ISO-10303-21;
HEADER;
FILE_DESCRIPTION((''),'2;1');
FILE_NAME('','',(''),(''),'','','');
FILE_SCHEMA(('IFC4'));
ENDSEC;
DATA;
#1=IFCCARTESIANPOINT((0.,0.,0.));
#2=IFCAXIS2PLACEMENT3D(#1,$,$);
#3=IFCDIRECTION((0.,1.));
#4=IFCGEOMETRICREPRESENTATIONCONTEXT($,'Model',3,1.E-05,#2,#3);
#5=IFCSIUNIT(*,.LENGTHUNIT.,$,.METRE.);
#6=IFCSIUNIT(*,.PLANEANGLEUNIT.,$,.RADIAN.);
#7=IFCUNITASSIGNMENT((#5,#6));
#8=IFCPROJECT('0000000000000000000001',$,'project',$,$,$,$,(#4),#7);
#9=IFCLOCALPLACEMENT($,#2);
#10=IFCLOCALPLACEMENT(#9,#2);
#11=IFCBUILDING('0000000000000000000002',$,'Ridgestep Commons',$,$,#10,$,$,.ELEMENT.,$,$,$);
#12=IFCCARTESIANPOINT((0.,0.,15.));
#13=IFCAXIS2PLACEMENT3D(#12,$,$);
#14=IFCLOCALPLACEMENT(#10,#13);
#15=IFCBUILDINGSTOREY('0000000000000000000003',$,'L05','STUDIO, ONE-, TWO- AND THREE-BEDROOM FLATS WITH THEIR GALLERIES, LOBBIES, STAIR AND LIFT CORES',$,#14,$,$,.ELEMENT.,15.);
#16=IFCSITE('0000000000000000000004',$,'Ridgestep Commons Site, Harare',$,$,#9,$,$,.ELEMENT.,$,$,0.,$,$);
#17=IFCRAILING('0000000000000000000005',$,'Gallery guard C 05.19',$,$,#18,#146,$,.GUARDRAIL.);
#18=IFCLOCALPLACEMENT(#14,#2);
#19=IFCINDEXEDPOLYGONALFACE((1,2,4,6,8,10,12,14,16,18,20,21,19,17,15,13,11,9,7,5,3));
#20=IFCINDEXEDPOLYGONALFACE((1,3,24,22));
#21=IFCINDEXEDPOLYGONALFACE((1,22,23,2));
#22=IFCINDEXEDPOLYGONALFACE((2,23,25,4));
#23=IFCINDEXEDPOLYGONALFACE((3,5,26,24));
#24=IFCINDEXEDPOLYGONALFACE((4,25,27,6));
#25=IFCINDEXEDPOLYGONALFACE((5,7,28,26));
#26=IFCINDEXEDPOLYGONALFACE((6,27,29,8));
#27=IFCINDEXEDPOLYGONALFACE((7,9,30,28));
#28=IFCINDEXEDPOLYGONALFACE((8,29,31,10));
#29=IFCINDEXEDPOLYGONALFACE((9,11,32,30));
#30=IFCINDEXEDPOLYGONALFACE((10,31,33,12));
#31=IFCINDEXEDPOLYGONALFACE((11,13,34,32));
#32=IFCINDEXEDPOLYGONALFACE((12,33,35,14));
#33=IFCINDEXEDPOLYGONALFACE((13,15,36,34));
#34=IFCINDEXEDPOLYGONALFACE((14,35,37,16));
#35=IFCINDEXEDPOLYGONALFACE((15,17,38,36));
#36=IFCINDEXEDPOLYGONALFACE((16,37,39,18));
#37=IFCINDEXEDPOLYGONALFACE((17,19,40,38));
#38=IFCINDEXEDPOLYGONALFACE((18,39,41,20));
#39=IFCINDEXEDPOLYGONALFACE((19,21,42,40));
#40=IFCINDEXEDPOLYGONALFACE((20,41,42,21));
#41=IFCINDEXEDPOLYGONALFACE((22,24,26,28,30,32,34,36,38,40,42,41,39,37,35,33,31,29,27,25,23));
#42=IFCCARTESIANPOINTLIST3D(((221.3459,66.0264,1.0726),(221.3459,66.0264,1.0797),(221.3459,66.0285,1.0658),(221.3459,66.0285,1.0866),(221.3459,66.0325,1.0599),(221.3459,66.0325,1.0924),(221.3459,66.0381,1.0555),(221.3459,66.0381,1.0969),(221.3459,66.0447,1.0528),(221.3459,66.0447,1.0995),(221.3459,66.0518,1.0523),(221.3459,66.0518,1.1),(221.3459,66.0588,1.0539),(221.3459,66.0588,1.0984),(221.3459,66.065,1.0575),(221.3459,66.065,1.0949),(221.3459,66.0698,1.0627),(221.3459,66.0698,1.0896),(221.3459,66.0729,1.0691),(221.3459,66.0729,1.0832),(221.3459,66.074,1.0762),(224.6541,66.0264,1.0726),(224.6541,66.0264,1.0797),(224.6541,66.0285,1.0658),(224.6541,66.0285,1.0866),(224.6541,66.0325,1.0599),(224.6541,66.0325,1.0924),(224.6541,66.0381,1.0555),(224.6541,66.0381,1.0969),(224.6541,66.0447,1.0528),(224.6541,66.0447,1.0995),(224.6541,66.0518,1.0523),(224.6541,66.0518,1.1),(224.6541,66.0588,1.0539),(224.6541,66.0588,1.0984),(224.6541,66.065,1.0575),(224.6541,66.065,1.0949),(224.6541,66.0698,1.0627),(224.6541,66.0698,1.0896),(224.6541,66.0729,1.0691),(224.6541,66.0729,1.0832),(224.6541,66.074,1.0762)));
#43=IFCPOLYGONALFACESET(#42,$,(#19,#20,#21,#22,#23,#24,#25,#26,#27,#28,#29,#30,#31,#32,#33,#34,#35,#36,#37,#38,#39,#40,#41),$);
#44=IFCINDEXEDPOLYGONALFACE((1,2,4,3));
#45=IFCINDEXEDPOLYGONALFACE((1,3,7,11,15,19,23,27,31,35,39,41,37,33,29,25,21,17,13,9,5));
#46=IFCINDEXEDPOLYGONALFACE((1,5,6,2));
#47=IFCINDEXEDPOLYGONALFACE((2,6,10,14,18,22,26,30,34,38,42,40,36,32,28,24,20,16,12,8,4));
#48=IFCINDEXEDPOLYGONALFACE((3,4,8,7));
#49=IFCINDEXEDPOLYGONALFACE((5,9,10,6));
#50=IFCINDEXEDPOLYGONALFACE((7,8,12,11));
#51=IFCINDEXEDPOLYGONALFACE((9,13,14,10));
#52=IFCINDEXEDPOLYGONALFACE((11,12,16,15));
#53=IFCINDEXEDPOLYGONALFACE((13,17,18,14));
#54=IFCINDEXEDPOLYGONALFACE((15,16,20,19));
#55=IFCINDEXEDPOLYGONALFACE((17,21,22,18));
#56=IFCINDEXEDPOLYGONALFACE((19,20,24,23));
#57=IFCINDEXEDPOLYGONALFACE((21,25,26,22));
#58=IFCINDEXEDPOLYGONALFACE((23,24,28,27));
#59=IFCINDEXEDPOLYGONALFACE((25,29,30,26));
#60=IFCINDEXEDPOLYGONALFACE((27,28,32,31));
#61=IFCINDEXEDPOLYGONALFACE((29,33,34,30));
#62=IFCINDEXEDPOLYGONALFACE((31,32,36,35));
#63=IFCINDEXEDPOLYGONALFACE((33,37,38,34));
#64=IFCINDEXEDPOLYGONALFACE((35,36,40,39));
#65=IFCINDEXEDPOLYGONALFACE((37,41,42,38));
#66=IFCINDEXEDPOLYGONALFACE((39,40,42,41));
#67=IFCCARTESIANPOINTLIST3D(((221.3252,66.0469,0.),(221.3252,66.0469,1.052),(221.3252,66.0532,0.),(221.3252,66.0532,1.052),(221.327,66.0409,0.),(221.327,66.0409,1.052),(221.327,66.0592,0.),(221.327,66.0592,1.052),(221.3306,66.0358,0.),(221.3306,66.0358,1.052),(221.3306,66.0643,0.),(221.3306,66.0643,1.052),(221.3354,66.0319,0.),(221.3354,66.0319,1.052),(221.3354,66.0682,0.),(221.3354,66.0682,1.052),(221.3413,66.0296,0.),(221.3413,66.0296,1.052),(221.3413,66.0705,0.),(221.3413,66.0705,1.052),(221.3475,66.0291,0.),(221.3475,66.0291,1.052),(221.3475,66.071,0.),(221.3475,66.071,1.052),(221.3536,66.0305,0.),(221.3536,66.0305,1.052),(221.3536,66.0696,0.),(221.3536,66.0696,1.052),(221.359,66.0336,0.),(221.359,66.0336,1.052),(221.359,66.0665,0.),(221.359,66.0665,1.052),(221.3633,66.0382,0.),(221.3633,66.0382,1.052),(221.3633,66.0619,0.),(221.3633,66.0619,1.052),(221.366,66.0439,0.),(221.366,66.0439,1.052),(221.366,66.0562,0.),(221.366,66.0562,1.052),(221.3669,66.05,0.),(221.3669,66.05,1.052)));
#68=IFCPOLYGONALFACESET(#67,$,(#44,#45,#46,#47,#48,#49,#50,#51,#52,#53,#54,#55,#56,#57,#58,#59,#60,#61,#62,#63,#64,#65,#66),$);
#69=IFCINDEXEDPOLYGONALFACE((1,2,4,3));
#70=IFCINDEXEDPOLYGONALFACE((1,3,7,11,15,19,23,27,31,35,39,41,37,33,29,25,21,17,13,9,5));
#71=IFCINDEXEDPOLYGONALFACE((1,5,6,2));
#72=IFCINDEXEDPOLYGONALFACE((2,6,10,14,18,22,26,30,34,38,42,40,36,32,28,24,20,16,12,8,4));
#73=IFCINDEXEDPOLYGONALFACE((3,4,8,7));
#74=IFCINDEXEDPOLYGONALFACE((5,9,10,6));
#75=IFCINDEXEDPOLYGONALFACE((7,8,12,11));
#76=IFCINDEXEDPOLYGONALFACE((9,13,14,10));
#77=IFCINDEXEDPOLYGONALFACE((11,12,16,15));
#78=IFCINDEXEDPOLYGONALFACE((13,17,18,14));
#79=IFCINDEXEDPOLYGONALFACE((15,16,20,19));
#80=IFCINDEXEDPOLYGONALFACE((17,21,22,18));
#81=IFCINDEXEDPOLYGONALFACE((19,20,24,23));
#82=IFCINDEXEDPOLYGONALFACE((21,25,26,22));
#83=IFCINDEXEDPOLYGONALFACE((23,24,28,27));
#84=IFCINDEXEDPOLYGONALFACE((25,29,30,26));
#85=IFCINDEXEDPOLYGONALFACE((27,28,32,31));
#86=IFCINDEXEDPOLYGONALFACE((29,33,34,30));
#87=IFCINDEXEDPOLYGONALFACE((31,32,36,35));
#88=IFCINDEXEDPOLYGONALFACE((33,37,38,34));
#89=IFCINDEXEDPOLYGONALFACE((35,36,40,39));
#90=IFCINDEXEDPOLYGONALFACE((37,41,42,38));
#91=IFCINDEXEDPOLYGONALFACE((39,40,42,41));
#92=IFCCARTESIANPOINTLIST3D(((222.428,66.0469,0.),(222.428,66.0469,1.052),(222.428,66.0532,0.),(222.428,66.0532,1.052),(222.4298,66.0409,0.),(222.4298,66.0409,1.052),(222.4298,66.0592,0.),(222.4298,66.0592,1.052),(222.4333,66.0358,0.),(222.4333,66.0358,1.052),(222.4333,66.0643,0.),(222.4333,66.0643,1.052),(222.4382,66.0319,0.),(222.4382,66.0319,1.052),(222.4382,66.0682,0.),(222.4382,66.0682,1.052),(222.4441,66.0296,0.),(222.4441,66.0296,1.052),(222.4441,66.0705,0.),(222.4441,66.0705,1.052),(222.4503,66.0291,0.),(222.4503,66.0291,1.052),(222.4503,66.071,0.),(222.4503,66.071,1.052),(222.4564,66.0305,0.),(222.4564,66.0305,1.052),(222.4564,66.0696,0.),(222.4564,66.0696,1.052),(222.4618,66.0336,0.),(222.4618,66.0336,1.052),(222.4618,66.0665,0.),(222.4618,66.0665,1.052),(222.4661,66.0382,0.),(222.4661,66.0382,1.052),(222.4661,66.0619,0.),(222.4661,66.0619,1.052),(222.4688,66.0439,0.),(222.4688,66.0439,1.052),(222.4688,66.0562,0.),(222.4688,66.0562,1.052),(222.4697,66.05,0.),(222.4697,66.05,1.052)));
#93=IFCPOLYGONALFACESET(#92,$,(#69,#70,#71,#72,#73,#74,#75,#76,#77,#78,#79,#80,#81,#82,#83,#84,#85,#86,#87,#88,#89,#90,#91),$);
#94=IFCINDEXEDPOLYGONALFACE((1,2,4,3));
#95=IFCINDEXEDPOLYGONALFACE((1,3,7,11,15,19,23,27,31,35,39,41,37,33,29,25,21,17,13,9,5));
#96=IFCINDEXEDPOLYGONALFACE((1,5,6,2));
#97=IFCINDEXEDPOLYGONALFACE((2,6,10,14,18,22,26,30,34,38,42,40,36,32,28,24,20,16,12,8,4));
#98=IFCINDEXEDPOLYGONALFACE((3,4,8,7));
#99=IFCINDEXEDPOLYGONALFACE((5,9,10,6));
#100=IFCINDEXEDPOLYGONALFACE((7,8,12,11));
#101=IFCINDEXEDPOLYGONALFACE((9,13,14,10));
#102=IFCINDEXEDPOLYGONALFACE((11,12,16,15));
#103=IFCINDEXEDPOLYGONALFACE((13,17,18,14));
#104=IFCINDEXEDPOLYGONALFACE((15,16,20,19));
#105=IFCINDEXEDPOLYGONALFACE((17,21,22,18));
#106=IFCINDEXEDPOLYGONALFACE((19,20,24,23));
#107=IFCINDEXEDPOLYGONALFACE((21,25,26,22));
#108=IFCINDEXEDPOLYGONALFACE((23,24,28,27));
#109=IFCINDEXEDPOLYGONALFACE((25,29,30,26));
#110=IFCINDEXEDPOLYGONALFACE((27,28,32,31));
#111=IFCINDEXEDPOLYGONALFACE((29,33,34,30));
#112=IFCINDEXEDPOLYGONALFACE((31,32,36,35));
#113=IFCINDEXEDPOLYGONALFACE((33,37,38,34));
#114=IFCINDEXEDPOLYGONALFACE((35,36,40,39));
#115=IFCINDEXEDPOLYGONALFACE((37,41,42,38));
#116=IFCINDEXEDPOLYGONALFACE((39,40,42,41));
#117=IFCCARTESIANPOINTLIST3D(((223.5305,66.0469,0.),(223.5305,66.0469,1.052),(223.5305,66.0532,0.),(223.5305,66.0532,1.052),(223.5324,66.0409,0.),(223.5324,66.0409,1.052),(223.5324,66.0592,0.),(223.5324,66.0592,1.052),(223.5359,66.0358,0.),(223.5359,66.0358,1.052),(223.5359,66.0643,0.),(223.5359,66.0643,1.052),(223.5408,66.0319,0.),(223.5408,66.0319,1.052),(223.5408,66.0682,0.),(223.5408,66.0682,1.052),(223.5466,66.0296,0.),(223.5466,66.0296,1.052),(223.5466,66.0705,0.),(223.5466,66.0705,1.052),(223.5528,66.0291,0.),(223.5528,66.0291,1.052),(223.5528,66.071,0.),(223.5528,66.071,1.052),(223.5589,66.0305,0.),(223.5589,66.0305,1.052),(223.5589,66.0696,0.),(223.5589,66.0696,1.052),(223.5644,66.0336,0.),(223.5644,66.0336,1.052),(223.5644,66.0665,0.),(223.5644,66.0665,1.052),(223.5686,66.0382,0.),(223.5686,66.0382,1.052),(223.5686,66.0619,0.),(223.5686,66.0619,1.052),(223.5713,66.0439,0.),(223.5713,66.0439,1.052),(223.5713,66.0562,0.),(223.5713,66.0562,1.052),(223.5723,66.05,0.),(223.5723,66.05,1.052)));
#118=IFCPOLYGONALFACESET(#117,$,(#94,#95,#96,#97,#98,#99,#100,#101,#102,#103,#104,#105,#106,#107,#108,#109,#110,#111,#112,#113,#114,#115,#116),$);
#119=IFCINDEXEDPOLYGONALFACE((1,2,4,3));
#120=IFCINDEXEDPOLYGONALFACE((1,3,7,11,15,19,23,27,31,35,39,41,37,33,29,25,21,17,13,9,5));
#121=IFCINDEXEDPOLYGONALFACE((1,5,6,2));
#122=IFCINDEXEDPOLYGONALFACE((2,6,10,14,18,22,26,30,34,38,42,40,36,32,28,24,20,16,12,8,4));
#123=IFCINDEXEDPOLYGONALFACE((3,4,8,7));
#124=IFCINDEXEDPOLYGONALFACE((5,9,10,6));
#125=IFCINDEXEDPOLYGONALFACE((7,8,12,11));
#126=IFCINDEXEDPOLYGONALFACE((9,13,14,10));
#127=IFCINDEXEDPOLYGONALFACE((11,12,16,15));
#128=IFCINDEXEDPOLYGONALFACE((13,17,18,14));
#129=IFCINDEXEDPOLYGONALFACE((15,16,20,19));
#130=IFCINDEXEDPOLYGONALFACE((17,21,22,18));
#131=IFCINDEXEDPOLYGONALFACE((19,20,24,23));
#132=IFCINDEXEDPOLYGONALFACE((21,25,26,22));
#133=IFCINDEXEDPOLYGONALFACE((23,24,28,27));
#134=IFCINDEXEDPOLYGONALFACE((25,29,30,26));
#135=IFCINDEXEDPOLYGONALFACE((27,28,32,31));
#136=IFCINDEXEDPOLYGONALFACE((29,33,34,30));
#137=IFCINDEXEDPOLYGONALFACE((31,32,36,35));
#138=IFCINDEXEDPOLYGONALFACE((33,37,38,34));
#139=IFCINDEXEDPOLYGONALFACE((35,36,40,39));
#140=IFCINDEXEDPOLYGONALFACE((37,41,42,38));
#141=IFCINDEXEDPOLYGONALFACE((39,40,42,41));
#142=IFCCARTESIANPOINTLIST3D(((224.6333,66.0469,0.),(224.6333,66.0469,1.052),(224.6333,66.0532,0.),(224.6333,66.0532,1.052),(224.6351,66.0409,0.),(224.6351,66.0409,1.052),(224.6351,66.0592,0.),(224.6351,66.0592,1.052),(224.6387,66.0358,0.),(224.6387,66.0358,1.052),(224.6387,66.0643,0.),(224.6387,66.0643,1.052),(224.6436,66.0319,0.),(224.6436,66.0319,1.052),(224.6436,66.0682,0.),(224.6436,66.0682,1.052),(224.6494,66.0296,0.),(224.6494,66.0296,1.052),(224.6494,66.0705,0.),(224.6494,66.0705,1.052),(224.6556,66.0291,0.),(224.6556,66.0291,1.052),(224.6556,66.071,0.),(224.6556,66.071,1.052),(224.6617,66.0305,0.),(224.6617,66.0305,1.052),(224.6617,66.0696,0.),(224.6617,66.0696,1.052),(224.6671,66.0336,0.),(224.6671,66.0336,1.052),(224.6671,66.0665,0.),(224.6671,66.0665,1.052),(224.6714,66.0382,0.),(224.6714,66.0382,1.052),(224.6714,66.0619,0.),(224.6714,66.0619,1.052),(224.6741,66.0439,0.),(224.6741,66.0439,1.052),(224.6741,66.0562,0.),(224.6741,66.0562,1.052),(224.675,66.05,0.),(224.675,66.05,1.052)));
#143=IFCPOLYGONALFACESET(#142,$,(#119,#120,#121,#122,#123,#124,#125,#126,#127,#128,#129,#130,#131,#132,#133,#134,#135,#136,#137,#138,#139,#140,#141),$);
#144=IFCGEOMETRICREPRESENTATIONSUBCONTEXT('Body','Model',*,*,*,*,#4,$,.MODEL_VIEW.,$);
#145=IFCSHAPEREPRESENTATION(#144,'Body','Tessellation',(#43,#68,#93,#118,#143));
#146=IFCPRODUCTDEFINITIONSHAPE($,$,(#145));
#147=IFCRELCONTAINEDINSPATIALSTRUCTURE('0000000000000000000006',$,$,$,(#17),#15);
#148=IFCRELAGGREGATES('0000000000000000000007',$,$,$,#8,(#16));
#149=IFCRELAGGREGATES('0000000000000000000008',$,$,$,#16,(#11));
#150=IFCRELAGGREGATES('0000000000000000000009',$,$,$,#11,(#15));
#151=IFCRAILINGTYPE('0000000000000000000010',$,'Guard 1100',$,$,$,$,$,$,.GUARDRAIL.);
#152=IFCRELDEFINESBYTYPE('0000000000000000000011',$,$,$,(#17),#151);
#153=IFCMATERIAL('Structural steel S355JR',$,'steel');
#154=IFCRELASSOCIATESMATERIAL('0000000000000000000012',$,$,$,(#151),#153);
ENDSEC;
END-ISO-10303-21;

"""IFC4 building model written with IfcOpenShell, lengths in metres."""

from ifc_helpers import new_model, si_unit, direction, frame, origin, origin_2d, place, context, subcontext, project, spatial, circle, extrude, material, type_object, element, save


model = new_model("IFC4")

# Units and contexts
model_context = context("Model", 3, precision=1e-05, world=origin(), true_north=direction((0.0, 1.0)))
body_context = subcontext(model_context, "Body", "Model", "MODEL_VIEW")
ifc_project = project(units=[si_unit("LENGTHUNIT", "METRE"), si_unit("PLANEANGLEUNIT", "RADIAN")], contexts=[model_context])

# Site, building, storey
site_placement = place(None, origin())
site = spatial("IfcSite", under=ifc_project, at=site_placement, Name="Ridgestep Commons Site, Harare", CompositionType="ELEMENT", RefElevation=0.0)
building_placement = place(site_placement, origin())
building = spatial("IfcBuilding", under=site, at=building_placement, Name="Ridgestep Commons", CompositionType="ELEMENT")
storey_placement = place(building_placement, frame((0.0, 0.0, 15.0)))
storey = spatial("IfcBuildingStorey", under=building, at=storey_placement, Name="L05", Description="STUDIO, ONE-, TWO- AND THREE-BEDROOM FLATS WITH THEIR GALLERIES, LOBBIES, STAIR AND LIFT CORES", CompositionType="ELEMENT", Elevation=15.0)

# Railing
ifc_material_1 = material(Name="Structural steel S355JR", Category="steel")
railing_type_1 = type_object("IfcRailingType", Name="Guard 1100", PredefinedType="GUARDRAIL", material=ifc_material_1)
railing_1_placement = place(storey_placement, frame((221.3459, 66.05, 0.0)))
element("IfcRailing", 1, at=railing_1_placement, inside=storey, type_object=railing_type_1, Name="Gallery guard C 05.19", PredefinedType="GUARDRAIL", context=body_context, shape_type="SweptSolid", body=[
    extrude(circle(Radius=0.0239, at=origin_2d()), frame((0.0, 0.0, 1.0762), z_axis=(1.0, 0.0, 0.0), x_axis=(0.0, 1.0, 0.0)), (0.0, 0.0, 1.0), 3.3081),
    extrude(circle(Radius=0.021, at=origin_2d()), origin(), (0.0, 0.0, 1.0), 1.052),
    extrude(circle(Radius=0.021, at=origin_2d()), frame((1.1028, 0.0, 0.0)), (0.0, 0.0, 1.0), 1.052),
    extrude(circle(Radius=0.021, at=origin_2d()), frame((2.2053, 0.0, 0.0)), (0.0, 0.0, 1.0), 1.052),
    extrude(circle(Radius=0.021, at=origin_2d()), frame((3.3081, 0.0, 0.0)), (0.0, 0.0, 1.0), 1.052),
])

save(model, "model.ifc")
